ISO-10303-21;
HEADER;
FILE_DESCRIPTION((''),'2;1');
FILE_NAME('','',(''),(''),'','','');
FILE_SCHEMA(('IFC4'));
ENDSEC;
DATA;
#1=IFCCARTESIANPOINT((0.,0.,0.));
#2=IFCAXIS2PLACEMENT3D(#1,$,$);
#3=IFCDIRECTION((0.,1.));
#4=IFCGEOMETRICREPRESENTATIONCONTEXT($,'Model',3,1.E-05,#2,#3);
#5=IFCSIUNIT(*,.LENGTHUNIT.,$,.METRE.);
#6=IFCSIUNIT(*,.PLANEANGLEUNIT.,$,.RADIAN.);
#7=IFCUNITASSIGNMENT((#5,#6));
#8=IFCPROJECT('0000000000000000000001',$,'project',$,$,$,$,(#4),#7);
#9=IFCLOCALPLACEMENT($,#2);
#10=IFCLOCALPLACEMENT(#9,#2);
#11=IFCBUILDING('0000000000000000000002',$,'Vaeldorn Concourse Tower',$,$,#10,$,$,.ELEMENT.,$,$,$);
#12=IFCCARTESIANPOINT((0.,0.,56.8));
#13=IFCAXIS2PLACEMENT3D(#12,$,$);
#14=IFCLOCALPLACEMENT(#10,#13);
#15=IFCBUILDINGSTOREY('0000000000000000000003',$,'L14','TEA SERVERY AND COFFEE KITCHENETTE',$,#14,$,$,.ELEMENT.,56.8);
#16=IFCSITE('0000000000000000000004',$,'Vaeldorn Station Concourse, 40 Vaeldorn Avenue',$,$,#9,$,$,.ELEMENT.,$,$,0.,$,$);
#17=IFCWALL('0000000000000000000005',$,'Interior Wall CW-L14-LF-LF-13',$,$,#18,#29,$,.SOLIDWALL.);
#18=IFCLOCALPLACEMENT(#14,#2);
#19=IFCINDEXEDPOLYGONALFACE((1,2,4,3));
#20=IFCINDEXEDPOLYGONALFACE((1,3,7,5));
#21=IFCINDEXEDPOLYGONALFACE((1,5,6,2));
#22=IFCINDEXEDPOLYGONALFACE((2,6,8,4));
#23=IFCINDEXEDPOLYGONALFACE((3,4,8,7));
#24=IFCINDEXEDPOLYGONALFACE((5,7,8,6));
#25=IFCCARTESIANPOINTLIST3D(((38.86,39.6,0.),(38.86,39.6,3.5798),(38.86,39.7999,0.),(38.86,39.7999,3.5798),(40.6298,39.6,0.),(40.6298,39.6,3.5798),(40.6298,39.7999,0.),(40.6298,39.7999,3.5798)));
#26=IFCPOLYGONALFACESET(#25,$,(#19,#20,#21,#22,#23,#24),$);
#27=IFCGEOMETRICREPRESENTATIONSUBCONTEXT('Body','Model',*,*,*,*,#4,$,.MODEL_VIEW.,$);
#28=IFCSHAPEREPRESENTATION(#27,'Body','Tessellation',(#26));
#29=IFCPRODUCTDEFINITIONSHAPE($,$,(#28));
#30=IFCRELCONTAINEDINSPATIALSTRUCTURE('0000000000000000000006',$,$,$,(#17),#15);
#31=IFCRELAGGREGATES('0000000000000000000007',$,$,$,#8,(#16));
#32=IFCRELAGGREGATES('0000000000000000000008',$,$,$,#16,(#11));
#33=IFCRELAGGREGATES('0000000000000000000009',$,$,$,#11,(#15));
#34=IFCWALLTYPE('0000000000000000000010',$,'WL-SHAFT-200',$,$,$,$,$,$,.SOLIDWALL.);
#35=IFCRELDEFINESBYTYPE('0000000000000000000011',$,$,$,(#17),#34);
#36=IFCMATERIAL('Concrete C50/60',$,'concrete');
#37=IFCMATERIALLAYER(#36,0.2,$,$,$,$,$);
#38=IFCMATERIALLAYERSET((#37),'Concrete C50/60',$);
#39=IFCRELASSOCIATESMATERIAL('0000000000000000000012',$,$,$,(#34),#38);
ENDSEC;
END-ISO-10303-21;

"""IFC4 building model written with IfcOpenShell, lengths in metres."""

from ifc_helpers import new_model, si_unit, direction, frame, frame_2d, origin, place, context, subcontext, project, spatial, rectangle, extrude, material, layer, layer_set, type_object, element, save


model = new_model("IFC4")

# Units and contexts
model_context = context("Model", 3, precision=1e-05, world=origin(), true_north=direction((0.0, 1.0)))
body_context = subcontext(model_context, "Body", "Model", "MODEL_VIEW")
ifc_project = project(units=[si_unit("LENGTHUNIT", "METRE"), si_unit("PLANEANGLEUNIT", "RADIAN")], contexts=[model_context])

# Site, building, storey
site_placement = place(None, origin())
site = spatial("IfcSite", under=ifc_project, at=site_placement, Name="Vaeldorn Station Concourse, 40 Vaeldorn Avenue", CompositionType="ELEMENT", RefElevation=0.0)
building_placement = place(site_placement, origin())
building = spatial("IfcBuilding", under=site, at=building_placement, Name="Vaeldorn Concourse Tower", CompositionType="ELEMENT")
storey_placement = place(building_placement, frame((0.0, 0.0, 56.8)))
storey = spatial("IfcBuildingStorey", under=building, at=storey_placement, Name="L14", Description="TEA SERVERY AND COFFEE KITCHENETTE", CompositionType="ELEMENT", Elevation=56.8)

# Wall
ifc_material_1 = material(Name="Concrete C50/60", Category="concrete")
ifc_layer_1 = layer(ifc_material_1, 0.2)
ifc_layer_set_1 = layer_set([ifc_layer_1], Name="Concrete C50/60")
wall_type_1 = type_object("IfcWallType", Name="WL-SHAFT-200", PredefinedType="SOLIDWALL", material=ifc_layer_set_1)
wall_1_placement = place(storey_placement, frame((38.8601, 39.7, 0.0), z_axis=(0.0, 0.0, 1.0), x_axis=(1.0, 0.0, 0.0)))
element("IfcWall", 1, at=wall_1_placement, inside=storey, type_object=wall_type_1, Name="Interior Wall CW-L14-LF-LF-13", PredefinedType="SOLIDWALL", context=body_context, shape_type="SweptSolid", body=[
    extrude(rectangle(XDim=1.7698, YDim=0.2, at=frame_2d((0.8848, 0.0))), origin(), (0.0, 0.0, 1.0), 3.5798),
])

save(model, "model.ifc")
